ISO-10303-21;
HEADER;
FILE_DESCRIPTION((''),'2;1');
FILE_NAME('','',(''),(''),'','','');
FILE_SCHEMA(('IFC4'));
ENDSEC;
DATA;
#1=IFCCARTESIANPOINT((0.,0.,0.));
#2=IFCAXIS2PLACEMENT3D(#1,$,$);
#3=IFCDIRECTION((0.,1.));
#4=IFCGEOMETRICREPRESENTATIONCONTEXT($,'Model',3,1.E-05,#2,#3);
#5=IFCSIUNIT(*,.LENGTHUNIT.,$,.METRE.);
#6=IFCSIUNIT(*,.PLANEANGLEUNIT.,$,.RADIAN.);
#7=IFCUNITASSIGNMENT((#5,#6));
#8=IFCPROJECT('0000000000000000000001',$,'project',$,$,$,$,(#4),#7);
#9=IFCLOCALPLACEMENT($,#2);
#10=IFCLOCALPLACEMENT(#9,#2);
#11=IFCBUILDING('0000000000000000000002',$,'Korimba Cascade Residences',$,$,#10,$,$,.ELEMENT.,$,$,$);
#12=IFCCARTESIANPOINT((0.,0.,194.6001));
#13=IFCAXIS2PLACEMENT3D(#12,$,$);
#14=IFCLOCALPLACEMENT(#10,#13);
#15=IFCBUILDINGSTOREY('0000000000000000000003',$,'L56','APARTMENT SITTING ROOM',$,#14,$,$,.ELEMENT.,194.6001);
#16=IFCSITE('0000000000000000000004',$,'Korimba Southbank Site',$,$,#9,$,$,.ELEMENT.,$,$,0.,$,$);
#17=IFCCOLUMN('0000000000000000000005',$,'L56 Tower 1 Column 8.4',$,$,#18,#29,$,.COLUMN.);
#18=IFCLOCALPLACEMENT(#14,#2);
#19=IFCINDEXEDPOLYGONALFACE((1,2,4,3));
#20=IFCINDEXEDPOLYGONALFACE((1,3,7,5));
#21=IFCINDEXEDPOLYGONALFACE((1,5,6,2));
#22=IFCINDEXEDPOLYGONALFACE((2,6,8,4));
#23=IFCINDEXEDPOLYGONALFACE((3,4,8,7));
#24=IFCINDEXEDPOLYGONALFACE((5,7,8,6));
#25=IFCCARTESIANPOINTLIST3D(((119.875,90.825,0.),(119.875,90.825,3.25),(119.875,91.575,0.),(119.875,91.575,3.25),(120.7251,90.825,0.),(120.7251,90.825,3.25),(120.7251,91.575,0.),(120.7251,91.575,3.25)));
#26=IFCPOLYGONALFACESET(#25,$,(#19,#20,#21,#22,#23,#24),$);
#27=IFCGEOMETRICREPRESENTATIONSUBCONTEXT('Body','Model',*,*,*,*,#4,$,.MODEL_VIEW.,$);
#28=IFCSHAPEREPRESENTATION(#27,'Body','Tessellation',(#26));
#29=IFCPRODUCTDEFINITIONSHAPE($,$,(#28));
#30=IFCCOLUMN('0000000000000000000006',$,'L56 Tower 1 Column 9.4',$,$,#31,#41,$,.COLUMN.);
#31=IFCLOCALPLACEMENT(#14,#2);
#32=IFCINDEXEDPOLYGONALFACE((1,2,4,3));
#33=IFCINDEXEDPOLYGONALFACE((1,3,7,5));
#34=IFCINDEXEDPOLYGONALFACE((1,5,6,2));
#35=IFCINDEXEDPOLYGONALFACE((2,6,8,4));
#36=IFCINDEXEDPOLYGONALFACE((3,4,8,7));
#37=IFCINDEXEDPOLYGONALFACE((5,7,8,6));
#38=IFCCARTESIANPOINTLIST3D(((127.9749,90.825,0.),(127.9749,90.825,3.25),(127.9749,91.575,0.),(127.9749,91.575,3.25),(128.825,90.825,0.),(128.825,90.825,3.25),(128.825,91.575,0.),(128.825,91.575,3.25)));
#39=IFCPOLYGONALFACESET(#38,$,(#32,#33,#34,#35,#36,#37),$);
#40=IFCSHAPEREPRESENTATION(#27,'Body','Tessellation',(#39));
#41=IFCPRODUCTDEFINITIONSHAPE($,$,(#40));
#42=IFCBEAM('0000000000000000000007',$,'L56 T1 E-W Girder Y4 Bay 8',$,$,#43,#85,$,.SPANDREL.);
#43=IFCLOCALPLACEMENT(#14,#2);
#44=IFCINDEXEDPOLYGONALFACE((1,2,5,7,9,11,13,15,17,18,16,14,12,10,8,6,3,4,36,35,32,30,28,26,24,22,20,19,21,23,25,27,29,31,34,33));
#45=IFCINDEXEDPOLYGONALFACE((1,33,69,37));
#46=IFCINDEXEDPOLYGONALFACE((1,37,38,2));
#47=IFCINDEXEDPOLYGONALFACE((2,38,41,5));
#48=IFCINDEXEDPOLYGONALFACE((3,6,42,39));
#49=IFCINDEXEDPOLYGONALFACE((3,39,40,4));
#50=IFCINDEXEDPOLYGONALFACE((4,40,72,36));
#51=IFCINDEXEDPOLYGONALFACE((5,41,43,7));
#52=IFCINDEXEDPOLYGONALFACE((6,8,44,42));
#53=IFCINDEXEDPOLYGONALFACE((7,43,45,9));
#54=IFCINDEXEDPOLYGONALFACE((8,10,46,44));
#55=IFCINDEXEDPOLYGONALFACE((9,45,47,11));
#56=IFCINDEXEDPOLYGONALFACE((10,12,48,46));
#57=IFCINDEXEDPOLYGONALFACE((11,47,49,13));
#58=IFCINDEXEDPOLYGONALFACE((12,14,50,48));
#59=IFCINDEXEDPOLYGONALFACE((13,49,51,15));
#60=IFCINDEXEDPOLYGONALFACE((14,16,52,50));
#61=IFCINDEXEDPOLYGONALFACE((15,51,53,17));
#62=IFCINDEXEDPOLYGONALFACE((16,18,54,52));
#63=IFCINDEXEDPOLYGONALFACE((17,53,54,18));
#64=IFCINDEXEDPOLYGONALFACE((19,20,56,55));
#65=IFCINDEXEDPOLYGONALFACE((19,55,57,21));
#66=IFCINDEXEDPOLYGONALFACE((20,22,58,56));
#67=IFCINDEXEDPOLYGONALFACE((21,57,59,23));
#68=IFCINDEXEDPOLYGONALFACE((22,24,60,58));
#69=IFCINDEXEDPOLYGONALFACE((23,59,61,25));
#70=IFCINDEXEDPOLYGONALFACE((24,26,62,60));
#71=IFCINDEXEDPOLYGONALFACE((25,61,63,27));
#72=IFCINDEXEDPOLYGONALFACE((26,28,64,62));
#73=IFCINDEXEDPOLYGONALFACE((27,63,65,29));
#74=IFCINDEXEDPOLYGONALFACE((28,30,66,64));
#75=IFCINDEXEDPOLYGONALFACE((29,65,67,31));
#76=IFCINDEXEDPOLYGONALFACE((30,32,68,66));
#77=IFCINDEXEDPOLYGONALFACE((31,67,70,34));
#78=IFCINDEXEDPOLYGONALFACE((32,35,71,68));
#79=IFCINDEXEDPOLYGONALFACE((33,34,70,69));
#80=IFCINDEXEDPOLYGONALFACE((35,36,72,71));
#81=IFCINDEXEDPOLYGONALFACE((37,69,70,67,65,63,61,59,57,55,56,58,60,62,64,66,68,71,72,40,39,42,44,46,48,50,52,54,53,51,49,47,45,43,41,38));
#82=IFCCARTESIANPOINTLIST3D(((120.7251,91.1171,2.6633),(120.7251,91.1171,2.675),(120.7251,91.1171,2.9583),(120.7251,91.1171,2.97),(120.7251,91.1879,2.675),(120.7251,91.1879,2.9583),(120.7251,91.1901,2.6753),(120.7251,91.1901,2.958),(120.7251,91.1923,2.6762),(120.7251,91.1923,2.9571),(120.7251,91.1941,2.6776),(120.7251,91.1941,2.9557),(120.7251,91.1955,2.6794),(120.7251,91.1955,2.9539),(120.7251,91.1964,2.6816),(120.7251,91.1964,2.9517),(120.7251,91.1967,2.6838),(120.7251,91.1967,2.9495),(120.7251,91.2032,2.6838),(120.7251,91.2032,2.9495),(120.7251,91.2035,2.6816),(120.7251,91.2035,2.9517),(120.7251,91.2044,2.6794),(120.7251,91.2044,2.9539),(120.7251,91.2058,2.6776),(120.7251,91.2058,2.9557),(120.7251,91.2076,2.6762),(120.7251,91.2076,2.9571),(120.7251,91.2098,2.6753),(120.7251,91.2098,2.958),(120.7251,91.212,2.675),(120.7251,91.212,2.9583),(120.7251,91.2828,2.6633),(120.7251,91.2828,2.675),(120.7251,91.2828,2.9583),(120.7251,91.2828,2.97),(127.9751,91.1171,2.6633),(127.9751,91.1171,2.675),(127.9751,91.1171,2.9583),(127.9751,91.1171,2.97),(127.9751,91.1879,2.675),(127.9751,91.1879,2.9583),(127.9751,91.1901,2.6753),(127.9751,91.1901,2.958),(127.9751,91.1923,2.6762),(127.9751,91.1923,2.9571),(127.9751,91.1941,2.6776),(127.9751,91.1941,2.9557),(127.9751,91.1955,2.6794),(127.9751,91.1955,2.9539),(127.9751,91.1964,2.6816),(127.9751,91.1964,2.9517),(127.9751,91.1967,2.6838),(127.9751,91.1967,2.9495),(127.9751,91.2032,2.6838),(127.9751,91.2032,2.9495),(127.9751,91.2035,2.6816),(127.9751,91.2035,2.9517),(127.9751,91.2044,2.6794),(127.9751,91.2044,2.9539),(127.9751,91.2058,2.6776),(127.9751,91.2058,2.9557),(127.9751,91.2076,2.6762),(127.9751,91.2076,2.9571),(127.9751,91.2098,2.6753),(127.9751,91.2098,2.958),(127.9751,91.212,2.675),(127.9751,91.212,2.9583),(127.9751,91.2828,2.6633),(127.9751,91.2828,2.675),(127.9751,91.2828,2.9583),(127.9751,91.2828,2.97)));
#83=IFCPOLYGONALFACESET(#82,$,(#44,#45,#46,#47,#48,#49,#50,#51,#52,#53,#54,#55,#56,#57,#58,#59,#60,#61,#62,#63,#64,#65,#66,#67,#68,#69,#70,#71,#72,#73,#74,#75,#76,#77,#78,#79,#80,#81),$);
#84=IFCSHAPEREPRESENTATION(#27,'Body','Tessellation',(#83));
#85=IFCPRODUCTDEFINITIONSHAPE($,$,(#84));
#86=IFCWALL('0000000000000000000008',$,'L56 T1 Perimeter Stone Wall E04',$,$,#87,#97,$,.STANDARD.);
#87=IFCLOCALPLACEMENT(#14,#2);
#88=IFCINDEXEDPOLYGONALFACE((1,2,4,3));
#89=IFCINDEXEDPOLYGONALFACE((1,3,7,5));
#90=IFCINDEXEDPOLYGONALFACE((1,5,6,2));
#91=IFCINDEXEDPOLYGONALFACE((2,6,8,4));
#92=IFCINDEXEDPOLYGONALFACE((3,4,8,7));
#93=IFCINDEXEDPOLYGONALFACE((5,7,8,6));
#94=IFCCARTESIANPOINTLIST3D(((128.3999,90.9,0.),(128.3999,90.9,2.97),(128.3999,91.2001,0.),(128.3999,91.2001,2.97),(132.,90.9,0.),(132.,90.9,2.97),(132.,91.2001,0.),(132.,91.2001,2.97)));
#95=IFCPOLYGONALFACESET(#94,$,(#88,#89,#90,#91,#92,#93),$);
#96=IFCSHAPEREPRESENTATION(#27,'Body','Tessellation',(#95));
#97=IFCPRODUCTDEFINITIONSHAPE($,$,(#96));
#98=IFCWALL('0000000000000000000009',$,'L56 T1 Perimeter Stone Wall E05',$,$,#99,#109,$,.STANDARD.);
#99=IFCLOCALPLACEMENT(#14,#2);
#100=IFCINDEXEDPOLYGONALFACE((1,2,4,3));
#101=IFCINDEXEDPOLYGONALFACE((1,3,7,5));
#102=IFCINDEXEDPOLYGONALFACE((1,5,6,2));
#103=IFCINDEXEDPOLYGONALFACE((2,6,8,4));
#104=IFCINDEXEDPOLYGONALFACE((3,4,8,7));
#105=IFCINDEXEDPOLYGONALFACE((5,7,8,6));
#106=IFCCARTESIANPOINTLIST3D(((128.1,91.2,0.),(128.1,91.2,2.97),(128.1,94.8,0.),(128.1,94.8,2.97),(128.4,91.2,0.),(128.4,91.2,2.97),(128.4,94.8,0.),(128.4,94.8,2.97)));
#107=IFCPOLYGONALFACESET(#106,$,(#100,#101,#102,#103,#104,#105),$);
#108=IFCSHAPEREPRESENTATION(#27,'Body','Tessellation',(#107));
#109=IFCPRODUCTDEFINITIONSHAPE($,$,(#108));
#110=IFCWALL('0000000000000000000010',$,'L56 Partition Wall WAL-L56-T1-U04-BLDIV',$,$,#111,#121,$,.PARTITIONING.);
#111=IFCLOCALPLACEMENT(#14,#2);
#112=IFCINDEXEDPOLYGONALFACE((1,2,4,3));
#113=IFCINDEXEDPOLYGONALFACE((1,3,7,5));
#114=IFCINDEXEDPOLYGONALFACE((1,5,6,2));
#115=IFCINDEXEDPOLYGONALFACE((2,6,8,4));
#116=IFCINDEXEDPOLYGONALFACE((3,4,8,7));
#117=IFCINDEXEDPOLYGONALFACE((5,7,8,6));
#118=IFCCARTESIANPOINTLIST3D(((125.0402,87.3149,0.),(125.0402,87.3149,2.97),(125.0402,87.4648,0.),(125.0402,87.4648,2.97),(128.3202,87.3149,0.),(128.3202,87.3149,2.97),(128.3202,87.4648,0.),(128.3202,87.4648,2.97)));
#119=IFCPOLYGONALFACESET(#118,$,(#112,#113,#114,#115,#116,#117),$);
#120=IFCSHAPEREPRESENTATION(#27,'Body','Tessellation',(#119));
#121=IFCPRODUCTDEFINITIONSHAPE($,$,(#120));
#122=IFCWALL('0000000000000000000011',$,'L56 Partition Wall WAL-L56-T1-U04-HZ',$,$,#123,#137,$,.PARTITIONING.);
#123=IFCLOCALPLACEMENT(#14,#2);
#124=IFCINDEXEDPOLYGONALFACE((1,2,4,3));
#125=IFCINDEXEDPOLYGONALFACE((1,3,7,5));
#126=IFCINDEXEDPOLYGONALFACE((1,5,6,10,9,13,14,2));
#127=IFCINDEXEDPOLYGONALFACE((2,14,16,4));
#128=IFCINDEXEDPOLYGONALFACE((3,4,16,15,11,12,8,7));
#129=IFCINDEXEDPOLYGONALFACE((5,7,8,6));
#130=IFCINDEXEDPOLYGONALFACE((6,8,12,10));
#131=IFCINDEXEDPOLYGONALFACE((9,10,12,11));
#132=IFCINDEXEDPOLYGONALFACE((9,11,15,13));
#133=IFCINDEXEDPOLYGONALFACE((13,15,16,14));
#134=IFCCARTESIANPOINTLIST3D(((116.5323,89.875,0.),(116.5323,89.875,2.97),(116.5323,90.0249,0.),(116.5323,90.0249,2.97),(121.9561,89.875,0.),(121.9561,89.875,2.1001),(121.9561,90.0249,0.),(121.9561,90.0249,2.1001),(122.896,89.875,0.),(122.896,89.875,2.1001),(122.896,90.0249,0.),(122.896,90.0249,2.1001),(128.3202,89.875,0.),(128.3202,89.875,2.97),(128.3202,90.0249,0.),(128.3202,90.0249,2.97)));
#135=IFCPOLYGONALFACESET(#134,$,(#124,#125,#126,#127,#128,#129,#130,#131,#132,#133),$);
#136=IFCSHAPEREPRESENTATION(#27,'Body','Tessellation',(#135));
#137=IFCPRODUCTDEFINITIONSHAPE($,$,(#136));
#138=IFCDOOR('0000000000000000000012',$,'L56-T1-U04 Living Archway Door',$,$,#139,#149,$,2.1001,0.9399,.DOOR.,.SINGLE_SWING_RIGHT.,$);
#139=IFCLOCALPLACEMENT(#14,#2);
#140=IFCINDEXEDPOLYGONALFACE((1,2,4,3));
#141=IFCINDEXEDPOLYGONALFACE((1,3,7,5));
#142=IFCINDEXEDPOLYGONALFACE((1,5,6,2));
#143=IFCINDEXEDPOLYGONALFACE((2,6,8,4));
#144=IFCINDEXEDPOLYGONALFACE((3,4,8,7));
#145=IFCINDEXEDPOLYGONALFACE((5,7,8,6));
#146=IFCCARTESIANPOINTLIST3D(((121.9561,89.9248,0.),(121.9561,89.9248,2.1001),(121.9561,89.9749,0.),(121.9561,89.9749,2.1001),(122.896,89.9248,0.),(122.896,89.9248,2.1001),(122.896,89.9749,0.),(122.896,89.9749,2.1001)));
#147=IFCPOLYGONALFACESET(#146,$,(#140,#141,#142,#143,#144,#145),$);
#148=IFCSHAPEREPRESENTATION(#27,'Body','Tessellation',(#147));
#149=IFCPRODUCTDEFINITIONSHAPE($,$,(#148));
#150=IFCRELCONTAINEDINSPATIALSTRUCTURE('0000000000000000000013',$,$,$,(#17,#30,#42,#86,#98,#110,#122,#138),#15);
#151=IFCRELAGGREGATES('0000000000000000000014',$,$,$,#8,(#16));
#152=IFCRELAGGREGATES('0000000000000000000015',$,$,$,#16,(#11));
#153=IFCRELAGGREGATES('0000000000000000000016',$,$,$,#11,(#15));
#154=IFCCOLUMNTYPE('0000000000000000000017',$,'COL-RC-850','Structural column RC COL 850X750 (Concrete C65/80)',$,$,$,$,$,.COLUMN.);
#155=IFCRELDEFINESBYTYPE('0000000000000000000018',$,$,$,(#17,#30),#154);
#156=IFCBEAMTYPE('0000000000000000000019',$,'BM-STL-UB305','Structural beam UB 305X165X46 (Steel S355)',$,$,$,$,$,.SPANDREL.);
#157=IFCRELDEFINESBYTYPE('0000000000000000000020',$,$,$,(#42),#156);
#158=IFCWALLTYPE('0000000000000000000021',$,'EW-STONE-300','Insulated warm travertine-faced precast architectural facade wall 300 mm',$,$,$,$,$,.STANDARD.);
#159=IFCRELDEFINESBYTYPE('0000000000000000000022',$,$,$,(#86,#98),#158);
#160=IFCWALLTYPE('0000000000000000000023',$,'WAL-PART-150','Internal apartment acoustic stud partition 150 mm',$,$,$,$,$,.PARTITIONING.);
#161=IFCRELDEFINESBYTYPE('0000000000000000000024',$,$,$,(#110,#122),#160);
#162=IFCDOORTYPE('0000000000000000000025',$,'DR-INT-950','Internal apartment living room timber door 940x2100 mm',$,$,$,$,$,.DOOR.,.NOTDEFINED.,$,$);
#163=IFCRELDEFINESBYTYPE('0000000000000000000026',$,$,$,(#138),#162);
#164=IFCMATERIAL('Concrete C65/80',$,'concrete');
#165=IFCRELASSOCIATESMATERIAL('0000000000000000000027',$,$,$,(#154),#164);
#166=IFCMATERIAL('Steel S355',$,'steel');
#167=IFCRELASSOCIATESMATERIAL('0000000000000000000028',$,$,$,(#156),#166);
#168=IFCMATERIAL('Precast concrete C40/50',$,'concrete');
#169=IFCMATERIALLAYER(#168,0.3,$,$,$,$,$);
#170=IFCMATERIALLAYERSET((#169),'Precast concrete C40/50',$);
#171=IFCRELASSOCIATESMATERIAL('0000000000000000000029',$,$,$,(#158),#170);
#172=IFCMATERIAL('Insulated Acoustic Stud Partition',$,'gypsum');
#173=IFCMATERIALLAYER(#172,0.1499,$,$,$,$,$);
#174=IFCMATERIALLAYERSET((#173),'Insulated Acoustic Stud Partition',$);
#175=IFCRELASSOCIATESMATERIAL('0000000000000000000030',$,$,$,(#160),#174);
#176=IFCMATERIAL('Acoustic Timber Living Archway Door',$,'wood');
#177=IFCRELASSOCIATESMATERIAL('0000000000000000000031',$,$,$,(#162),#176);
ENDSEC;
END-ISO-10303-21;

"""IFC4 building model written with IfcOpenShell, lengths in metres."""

from ifc_helpers import new_model, si_unit, direction, frame, frame_2d, origin, origin_2d, place, context, subcontext, project, spatial, rectangle, i_section, extrude, material, layer, layer_set, material_profile, profile_set, type_object, element, fill, save


model = new_model("IFC4")

# Units and contexts
model_context = context("Model", 3, precision=1e-05, world=origin(), true_north=direction((0.0, 1.0)))
body_context = subcontext(model_context, "Body", "Model", "MODEL_VIEW")
ifc_project = project(units=[si_unit("LENGTHUNIT", "METRE"), si_unit("PLANEANGLEUNIT", "RADIAN")], contexts=[model_context])

# Site, building, storey
site_placement = place(None, origin())
site = spatial("IfcSite", under=ifc_project, at=site_placement, Name="Korimba Southbank Site", CompositionType="ELEMENT", RefElevation=0.0)
building_placement = place(site_placement, origin())
building = spatial("IfcBuilding", under=site, at=building_placement, Name="Korimba Cascade Residences", CompositionType="ELEMENT")
storey_placement = place(building_placement, frame((0.0, 0.0, 194.6001)))
storey = spatial("IfcBuildingStorey", under=building, at=storey_placement, Name="L56", Description="APARTMENT SITTING ROOM", CompositionType="ELEMENT", Elevation=194.6001)

# Columns
ifc_material_1 = material(Name="Concrete C65/80", Category="concrete")
ifc_material_profile_1 = material_profile(ifc_material_1, rectangle(XDim=0.8501, YDim=0.75, at=origin_2d()), Name="Concrete C65/80")
ifc_profile_set_1 = profile_set([ifc_material_profile_1], Name="Concrete C65/80")
column_type = type_object("IfcColumnType", Name="COL-RC-850", Description="Structural column RC COL 850X750 (Concrete C65/80)", PredefinedType="COLUMN", material=ifc_profile_set_1)
for number, where, z_axis, x_axis, name in (
    (1, (120.3, 91.2, 0.0), (0.0, 0.0, 1.0), (1.0, 0.0, 0.0), "L56 Tower 1 Column 8.4"),
    (2, (128.3999, 91.2, 0.0), (0.0, 0.0, 1.0), (1.0, 0.0, 0.0), "L56 Tower 1 Column 9.4"),
):
    element("IfcColumn", number, at=place(storey_placement, frame(where, z_axis=z_axis, x_axis=x_axis)), inside=storey, type_object=column_type, Name=name, PredefinedType="COLUMN", context=body_context, shape_type="SweptSolid", body=[
        extrude(rectangle(XDim=0.8501, YDim=0.75, at=origin_2d()), origin(), (0.0, 0.0, 1.0), 3.25),
    ])

# Beam
ifc_material_2 = material(Name="Steel S355", Category="steel")
ifc_material_profile_2 = material_profile(ifc_material_2, i_section(OverallWidth=0.1658, OverallDepth=0.3066, WebThickness=0.0066, FlangeThickness=0.0117, FilletRadius=0.0088, at=origin_2d()), Name="Steel S355")
ifc_profile_set_2 = profile_set([ifc_material_profile_2], Name="Steel S355")
beam_type = type_object("IfcBeamType", Name="BM-STL-UB305", Description="Structural beam UB 305X165X46 (Steel S355)", PredefinedType="SPANDREL", material=ifc_profile_set_2)
beam_placement = place(storey_placement, frame((120.7251, 91.2, 2.8167), z_axis=(1.0, 0.0, 0.0), x_axis=(0.0, 1.0, 0.0)))
element("IfcBeam", 3, at=beam_placement, inside=storey, type_object=beam_type, Name="L56 T1 E-W Girder Y4 Bay 8", PredefinedType="SPANDREL", context=body_context, shape_type="SweptSolid", body=[
    extrude(i_section(OverallWidth=0.1658, OverallDepth=0.3066, WebThickness=0.0066, FlangeThickness=0.0117, FilletRadius=0.0088, at=origin_2d()), origin(), (0.0, 0.0, 1.0), 7.25),
])

# Shared definitions
ifc_material_3 = material(Name="Precast concrete C40/50", Category="concrete")

# Walls
ifc_layer_1 = layer(ifc_material_3, 0.3)
ifc_layer_set_1 = layer_set([ifc_layer_1], Name="Precast concrete C40/50")
wall_type_1 = type_object("IfcWallType", Name="EW-STONE-300", Description="Insulated warm travertine-faced precast architectural facade wall 300 mm", PredefinedType="STANDARD", material=ifc_layer_set_1)
for number, where, z_axis, x_axis, name in (
    (4, (132.0, 91.05, 0.0), (0.0, 0.0, 1.0), (-1.0, 0.0, 0.0), "L56 T1 Perimeter Stone Wall E04"),
    (5, (128.25, 91.2, 0.0), (0.0, 0.0, 1.0), (0.0, 1.0, 0.0), "L56 T1 Perimeter Stone Wall E05"),
):
    element("IfcWall", number, at=place(storey_placement, frame(where, z_axis=z_axis, x_axis=x_axis)), inside=storey, type_object=wall_type_1, Name=name, PredefinedType="STANDARD", context=body_context, shape_type="SweptSolid", body=[
        extrude(rectangle(XDim=3.6001, YDim=0.3, at=frame_2d((1.8, 0.0))), origin(), (0.0, 0.0, 1.0), 2.97),
    ])
ifc_material_4 = material(Name="Insulated Acoustic Stud Partition", Category="gypsum")
ifc_layer_2 = layer(ifc_material_4, 0.1499)
ifc_layer_set_2 = layer_set([ifc_layer_2], Name="Insulated Acoustic Stud Partition")
wall_type_2 = type_object("IfcWallType", Name="WAL-PART-150", Description="Internal apartment acoustic stud partition 150 mm", PredefinedType="PARTITIONING", material=ifc_layer_set_2)
wall_1_placement = place(storey_placement, frame((125.04, 87.3899, 0.0), z_axis=(0.0, 0.0, 1.0), x_axis=(1.0, 0.0, 0.0)))
element("IfcWall", 6, at=wall_1_placement, inside=storey, type_object=wall_type_2, Name="L56 Partition Wall WAL-L56-T1-U04-BLDIV", PredefinedType="PARTITIONING", context=body_context, shape_type="SweptSolid", body=[
    extrude(rectangle(XDim=3.28, YDim=0.1499, at=frame_2d((1.6401, 0.0))), origin(), (0.0, 0.0, 1.0), 2.97),
])

# Wall, opening, door
wall_2_placement = place(storey_placement, frame((116.5322, 89.95, 0.0), z_axis=(0.0, 0.0, 1.0), x_axis=(1.0, 0.0, 0.0)))
wall_2 = element("IfcWall", 7, at=wall_2_placement, inside=storey, type_object=wall_type_2, Name="L56 Partition Wall WAL-L56-T1-U04-HZ", PredefinedType="PARTITIONING", context=body_context, shape_type="SweptSolid", body=[
    extrude(rectangle(XDim=11.7878, YDim=0.1499, at=frame_2d((5.894, 0.0))), origin(), (0.0, 0.0, 1.0), 2.97),
])
opening_1_placement = place(wall_2_placement, frame((5.4238, 0.0, 0.0)))
opening_1 = element("IfcOpeningElement", 8, at=opening_1_placement, cuts=wall_2, PredefinedType="OPENING", context=body_context, shape_type="SweptSolid", body=[
    extrude(rectangle(XDim=0.9399, YDim=2.1001, at=frame_2d((0.47, 1.05))), frame((0.0, 0.085, 0.0), z_axis=(0.0, -1.0, 0.0), x_axis=(1.0, 0.0, 0.0)), (0.0, 0.0, 1.0), 0.1699),
])
ifc_material_5 = material(Name="Acoustic Timber Living Archway Door", Category="wood")
door_type_1 = type_object("IfcDoorType", Name="DR-INT-950", Description="Internal apartment living room timber door 940x2100 mm", OperationType="NOTDEFINED", PredefinedType="DOOR", material=ifc_material_5)
door_1_placement = place(opening_1_placement, origin())
door_1 = element("IfcDoor", 9, at=door_1_placement, inside=storey, type_object=door_type_1, Name="L56-T1-U04 Living Archway Door", OperationType="SINGLE_SWING_RIGHT", OverallHeight=2.1001, OverallWidth=0.9399, PredefinedType="DOOR", context=body_context, shape_type="SweptSolid", body=[
    extrude(rectangle(XDim=0.9399, YDim=2.1001, at=frame_2d((0.47, 1.05))), frame((0.0, 0.0249, 0.0), z_axis=(0.0, -1.0, 0.0), x_axis=(1.0, 0.0, 0.0)), (0.0, 0.0, 1.0), 0.05),
])
fill(opening_1, door_1)

save(model, "model.ifc")
